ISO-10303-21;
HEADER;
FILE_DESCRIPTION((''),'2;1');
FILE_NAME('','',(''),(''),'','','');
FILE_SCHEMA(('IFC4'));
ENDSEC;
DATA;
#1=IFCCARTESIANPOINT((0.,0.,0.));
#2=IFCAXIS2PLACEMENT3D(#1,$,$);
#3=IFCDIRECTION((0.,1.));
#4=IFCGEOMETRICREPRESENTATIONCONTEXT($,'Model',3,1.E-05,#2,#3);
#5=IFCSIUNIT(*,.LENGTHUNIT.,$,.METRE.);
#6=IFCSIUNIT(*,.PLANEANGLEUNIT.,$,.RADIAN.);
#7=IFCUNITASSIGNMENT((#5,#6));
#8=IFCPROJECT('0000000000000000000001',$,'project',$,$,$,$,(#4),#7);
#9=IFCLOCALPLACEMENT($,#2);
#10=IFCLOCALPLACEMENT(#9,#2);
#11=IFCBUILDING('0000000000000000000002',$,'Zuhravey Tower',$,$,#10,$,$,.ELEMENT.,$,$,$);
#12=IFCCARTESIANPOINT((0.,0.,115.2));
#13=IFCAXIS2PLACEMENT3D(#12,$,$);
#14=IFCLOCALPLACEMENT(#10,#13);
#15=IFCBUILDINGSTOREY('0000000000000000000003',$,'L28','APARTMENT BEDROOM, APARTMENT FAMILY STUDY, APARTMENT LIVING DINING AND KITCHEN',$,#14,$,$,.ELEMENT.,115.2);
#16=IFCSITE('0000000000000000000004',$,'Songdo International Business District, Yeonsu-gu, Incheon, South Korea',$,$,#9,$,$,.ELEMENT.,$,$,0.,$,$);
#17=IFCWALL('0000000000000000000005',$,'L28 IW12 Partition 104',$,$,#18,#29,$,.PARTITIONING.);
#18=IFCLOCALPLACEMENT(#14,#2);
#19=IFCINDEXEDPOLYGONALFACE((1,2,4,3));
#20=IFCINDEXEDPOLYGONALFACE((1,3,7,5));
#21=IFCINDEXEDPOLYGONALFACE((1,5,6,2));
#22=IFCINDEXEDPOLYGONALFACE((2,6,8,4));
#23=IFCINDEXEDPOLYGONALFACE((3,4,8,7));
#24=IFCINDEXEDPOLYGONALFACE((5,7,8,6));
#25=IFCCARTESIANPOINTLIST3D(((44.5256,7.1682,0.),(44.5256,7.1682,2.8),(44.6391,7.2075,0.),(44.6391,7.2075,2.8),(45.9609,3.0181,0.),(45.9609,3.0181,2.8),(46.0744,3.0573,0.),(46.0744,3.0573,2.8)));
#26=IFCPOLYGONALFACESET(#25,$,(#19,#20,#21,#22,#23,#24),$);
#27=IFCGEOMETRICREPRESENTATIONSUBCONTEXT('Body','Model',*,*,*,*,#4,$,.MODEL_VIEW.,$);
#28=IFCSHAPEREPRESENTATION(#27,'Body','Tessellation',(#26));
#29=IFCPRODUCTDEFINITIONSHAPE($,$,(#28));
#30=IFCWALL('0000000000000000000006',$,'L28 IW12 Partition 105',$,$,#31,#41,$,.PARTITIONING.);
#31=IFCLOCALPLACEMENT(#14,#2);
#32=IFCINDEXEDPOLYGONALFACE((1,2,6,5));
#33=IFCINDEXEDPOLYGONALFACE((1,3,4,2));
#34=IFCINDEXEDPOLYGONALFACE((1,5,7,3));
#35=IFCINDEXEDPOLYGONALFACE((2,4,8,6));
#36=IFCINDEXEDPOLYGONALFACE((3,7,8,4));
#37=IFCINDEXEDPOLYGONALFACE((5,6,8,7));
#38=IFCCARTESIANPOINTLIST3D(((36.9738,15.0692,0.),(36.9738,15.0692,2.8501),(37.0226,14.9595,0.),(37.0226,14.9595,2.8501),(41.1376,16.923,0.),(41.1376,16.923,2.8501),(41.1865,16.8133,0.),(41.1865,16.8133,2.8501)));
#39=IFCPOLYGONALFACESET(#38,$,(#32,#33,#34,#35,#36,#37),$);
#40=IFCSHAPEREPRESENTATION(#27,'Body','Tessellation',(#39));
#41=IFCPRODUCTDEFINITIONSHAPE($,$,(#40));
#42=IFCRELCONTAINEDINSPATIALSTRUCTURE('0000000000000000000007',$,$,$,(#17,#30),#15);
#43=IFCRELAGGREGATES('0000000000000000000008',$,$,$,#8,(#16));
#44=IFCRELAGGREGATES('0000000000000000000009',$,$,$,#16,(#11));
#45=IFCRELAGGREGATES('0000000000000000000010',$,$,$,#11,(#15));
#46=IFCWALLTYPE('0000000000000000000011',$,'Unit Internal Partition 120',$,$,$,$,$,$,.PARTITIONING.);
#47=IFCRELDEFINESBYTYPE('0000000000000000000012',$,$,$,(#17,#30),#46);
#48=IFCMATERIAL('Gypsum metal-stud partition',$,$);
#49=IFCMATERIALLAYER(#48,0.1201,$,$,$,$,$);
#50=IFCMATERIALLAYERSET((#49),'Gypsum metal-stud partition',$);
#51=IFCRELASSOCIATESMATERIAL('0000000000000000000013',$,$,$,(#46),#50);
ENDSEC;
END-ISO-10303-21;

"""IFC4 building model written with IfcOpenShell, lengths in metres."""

from ifc_helpers import new_model, si_unit, direction, frame, frame_2d, origin, place, context, subcontext, project, spatial, rectangle, extrude, material, layer, layer_set, type_object, element, save


model = new_model("IFC4")

# Units and contexts
model_context = context("Model", 3, precision=1e-05, world=origin(), true_north=direction((0.0, 1.0)))
body_context = subcontext(model_context, "Body", "Model", "MODEL_VIEW")
ifc_project = project(units=[si_unit("LENGTHUNIT", "METRE"), si_unit("PLANEANGLEUNIT", "RADIAN")], contexts=[model_context])

# Site, building, storey
site_placement = place(None, origin())
site = spatial("IfcSite", under=ifc_project, at=site_placement, Name="Songdo International Business District, Yeonsu-gu, Incheon, South Korea", CompositionType="ELEMENT", RefElevation=0.0)
building_placement = place(site_placement, origin())
building = spatial("IfcBuilding", under=site, at=building_placement, Name="Zuhravey Tower", CompositionType="ELEMENT")
storey_placement = place(building_placement, frame((0.0, 0.0, 115.2)))
storey = spatial("IfcBuildingStorey", under=building, at=storey_placement, Name="L28", Description="APARTMENT BEDROOM, APARTMENT FAMILY STUDY, APARTMENT LIVING DINING AND KITCHEN", CompositionType="ELEMENT", Elevation=115.2)

# Shared definitions
ifc_material_1 = material(Name="Gypsum metal-stud partition")
ifc_layer_1 = layer(ifc_material_1, 0.1201)
ifc_layer_set_1 = layer_set([ifc_layer_1], Name="Gypsum metal-stud partition")
wall_type = type_object("IfcWallType", Name="Unit Internal Partition 120", PredefinedType="PARTITIONING", material=ifc_layer_set_1)

# Walls
wall_1_placement = place(storey_placement, frame((44.5823, 7.188, 0.0), z_axis=(0.0, 0.0, 1.0), x_axis=(0.326849, -0.945077, 0.0)))
element("IfcWall", 1, at=wall_1_placement, inside=storey, type_object=wall_type, Name="L28 IW12 Partition 104", PredefinedType="PARTITIONING", context=body_context, shape_type="SweptSolid", body=[
    extrude(rectangle(XDim=4.3914, YDim=0.1201, at=frame_2d((2.1958, 0.0))), origin(), (0.0, 0.0, 1.0), 2.8),
])
wall_2_placement = place(storey_placement, frame((36.9983, 15.0144, 0.0), z_axis=(0.0, 0.0, 1.0), x_axis=(0.913553, 0.40672, 0.0)))
element("IfcWall", 2, at=wall_2_placement, inside=storey, type_object=wall_type, Name="L28 IW12 Partition 105", PredefinedType="PARTITIONING", context=body_context, shape_type="SweptSolid", body=[
    extrude(rectangle(XDim=4.5579, YDim=0.1201, at=frame_2d((2.2788, 0.0))), origin(), (0.0, 0.0, 1.0), 2.8501),
])

save(model, "model.ifc")
